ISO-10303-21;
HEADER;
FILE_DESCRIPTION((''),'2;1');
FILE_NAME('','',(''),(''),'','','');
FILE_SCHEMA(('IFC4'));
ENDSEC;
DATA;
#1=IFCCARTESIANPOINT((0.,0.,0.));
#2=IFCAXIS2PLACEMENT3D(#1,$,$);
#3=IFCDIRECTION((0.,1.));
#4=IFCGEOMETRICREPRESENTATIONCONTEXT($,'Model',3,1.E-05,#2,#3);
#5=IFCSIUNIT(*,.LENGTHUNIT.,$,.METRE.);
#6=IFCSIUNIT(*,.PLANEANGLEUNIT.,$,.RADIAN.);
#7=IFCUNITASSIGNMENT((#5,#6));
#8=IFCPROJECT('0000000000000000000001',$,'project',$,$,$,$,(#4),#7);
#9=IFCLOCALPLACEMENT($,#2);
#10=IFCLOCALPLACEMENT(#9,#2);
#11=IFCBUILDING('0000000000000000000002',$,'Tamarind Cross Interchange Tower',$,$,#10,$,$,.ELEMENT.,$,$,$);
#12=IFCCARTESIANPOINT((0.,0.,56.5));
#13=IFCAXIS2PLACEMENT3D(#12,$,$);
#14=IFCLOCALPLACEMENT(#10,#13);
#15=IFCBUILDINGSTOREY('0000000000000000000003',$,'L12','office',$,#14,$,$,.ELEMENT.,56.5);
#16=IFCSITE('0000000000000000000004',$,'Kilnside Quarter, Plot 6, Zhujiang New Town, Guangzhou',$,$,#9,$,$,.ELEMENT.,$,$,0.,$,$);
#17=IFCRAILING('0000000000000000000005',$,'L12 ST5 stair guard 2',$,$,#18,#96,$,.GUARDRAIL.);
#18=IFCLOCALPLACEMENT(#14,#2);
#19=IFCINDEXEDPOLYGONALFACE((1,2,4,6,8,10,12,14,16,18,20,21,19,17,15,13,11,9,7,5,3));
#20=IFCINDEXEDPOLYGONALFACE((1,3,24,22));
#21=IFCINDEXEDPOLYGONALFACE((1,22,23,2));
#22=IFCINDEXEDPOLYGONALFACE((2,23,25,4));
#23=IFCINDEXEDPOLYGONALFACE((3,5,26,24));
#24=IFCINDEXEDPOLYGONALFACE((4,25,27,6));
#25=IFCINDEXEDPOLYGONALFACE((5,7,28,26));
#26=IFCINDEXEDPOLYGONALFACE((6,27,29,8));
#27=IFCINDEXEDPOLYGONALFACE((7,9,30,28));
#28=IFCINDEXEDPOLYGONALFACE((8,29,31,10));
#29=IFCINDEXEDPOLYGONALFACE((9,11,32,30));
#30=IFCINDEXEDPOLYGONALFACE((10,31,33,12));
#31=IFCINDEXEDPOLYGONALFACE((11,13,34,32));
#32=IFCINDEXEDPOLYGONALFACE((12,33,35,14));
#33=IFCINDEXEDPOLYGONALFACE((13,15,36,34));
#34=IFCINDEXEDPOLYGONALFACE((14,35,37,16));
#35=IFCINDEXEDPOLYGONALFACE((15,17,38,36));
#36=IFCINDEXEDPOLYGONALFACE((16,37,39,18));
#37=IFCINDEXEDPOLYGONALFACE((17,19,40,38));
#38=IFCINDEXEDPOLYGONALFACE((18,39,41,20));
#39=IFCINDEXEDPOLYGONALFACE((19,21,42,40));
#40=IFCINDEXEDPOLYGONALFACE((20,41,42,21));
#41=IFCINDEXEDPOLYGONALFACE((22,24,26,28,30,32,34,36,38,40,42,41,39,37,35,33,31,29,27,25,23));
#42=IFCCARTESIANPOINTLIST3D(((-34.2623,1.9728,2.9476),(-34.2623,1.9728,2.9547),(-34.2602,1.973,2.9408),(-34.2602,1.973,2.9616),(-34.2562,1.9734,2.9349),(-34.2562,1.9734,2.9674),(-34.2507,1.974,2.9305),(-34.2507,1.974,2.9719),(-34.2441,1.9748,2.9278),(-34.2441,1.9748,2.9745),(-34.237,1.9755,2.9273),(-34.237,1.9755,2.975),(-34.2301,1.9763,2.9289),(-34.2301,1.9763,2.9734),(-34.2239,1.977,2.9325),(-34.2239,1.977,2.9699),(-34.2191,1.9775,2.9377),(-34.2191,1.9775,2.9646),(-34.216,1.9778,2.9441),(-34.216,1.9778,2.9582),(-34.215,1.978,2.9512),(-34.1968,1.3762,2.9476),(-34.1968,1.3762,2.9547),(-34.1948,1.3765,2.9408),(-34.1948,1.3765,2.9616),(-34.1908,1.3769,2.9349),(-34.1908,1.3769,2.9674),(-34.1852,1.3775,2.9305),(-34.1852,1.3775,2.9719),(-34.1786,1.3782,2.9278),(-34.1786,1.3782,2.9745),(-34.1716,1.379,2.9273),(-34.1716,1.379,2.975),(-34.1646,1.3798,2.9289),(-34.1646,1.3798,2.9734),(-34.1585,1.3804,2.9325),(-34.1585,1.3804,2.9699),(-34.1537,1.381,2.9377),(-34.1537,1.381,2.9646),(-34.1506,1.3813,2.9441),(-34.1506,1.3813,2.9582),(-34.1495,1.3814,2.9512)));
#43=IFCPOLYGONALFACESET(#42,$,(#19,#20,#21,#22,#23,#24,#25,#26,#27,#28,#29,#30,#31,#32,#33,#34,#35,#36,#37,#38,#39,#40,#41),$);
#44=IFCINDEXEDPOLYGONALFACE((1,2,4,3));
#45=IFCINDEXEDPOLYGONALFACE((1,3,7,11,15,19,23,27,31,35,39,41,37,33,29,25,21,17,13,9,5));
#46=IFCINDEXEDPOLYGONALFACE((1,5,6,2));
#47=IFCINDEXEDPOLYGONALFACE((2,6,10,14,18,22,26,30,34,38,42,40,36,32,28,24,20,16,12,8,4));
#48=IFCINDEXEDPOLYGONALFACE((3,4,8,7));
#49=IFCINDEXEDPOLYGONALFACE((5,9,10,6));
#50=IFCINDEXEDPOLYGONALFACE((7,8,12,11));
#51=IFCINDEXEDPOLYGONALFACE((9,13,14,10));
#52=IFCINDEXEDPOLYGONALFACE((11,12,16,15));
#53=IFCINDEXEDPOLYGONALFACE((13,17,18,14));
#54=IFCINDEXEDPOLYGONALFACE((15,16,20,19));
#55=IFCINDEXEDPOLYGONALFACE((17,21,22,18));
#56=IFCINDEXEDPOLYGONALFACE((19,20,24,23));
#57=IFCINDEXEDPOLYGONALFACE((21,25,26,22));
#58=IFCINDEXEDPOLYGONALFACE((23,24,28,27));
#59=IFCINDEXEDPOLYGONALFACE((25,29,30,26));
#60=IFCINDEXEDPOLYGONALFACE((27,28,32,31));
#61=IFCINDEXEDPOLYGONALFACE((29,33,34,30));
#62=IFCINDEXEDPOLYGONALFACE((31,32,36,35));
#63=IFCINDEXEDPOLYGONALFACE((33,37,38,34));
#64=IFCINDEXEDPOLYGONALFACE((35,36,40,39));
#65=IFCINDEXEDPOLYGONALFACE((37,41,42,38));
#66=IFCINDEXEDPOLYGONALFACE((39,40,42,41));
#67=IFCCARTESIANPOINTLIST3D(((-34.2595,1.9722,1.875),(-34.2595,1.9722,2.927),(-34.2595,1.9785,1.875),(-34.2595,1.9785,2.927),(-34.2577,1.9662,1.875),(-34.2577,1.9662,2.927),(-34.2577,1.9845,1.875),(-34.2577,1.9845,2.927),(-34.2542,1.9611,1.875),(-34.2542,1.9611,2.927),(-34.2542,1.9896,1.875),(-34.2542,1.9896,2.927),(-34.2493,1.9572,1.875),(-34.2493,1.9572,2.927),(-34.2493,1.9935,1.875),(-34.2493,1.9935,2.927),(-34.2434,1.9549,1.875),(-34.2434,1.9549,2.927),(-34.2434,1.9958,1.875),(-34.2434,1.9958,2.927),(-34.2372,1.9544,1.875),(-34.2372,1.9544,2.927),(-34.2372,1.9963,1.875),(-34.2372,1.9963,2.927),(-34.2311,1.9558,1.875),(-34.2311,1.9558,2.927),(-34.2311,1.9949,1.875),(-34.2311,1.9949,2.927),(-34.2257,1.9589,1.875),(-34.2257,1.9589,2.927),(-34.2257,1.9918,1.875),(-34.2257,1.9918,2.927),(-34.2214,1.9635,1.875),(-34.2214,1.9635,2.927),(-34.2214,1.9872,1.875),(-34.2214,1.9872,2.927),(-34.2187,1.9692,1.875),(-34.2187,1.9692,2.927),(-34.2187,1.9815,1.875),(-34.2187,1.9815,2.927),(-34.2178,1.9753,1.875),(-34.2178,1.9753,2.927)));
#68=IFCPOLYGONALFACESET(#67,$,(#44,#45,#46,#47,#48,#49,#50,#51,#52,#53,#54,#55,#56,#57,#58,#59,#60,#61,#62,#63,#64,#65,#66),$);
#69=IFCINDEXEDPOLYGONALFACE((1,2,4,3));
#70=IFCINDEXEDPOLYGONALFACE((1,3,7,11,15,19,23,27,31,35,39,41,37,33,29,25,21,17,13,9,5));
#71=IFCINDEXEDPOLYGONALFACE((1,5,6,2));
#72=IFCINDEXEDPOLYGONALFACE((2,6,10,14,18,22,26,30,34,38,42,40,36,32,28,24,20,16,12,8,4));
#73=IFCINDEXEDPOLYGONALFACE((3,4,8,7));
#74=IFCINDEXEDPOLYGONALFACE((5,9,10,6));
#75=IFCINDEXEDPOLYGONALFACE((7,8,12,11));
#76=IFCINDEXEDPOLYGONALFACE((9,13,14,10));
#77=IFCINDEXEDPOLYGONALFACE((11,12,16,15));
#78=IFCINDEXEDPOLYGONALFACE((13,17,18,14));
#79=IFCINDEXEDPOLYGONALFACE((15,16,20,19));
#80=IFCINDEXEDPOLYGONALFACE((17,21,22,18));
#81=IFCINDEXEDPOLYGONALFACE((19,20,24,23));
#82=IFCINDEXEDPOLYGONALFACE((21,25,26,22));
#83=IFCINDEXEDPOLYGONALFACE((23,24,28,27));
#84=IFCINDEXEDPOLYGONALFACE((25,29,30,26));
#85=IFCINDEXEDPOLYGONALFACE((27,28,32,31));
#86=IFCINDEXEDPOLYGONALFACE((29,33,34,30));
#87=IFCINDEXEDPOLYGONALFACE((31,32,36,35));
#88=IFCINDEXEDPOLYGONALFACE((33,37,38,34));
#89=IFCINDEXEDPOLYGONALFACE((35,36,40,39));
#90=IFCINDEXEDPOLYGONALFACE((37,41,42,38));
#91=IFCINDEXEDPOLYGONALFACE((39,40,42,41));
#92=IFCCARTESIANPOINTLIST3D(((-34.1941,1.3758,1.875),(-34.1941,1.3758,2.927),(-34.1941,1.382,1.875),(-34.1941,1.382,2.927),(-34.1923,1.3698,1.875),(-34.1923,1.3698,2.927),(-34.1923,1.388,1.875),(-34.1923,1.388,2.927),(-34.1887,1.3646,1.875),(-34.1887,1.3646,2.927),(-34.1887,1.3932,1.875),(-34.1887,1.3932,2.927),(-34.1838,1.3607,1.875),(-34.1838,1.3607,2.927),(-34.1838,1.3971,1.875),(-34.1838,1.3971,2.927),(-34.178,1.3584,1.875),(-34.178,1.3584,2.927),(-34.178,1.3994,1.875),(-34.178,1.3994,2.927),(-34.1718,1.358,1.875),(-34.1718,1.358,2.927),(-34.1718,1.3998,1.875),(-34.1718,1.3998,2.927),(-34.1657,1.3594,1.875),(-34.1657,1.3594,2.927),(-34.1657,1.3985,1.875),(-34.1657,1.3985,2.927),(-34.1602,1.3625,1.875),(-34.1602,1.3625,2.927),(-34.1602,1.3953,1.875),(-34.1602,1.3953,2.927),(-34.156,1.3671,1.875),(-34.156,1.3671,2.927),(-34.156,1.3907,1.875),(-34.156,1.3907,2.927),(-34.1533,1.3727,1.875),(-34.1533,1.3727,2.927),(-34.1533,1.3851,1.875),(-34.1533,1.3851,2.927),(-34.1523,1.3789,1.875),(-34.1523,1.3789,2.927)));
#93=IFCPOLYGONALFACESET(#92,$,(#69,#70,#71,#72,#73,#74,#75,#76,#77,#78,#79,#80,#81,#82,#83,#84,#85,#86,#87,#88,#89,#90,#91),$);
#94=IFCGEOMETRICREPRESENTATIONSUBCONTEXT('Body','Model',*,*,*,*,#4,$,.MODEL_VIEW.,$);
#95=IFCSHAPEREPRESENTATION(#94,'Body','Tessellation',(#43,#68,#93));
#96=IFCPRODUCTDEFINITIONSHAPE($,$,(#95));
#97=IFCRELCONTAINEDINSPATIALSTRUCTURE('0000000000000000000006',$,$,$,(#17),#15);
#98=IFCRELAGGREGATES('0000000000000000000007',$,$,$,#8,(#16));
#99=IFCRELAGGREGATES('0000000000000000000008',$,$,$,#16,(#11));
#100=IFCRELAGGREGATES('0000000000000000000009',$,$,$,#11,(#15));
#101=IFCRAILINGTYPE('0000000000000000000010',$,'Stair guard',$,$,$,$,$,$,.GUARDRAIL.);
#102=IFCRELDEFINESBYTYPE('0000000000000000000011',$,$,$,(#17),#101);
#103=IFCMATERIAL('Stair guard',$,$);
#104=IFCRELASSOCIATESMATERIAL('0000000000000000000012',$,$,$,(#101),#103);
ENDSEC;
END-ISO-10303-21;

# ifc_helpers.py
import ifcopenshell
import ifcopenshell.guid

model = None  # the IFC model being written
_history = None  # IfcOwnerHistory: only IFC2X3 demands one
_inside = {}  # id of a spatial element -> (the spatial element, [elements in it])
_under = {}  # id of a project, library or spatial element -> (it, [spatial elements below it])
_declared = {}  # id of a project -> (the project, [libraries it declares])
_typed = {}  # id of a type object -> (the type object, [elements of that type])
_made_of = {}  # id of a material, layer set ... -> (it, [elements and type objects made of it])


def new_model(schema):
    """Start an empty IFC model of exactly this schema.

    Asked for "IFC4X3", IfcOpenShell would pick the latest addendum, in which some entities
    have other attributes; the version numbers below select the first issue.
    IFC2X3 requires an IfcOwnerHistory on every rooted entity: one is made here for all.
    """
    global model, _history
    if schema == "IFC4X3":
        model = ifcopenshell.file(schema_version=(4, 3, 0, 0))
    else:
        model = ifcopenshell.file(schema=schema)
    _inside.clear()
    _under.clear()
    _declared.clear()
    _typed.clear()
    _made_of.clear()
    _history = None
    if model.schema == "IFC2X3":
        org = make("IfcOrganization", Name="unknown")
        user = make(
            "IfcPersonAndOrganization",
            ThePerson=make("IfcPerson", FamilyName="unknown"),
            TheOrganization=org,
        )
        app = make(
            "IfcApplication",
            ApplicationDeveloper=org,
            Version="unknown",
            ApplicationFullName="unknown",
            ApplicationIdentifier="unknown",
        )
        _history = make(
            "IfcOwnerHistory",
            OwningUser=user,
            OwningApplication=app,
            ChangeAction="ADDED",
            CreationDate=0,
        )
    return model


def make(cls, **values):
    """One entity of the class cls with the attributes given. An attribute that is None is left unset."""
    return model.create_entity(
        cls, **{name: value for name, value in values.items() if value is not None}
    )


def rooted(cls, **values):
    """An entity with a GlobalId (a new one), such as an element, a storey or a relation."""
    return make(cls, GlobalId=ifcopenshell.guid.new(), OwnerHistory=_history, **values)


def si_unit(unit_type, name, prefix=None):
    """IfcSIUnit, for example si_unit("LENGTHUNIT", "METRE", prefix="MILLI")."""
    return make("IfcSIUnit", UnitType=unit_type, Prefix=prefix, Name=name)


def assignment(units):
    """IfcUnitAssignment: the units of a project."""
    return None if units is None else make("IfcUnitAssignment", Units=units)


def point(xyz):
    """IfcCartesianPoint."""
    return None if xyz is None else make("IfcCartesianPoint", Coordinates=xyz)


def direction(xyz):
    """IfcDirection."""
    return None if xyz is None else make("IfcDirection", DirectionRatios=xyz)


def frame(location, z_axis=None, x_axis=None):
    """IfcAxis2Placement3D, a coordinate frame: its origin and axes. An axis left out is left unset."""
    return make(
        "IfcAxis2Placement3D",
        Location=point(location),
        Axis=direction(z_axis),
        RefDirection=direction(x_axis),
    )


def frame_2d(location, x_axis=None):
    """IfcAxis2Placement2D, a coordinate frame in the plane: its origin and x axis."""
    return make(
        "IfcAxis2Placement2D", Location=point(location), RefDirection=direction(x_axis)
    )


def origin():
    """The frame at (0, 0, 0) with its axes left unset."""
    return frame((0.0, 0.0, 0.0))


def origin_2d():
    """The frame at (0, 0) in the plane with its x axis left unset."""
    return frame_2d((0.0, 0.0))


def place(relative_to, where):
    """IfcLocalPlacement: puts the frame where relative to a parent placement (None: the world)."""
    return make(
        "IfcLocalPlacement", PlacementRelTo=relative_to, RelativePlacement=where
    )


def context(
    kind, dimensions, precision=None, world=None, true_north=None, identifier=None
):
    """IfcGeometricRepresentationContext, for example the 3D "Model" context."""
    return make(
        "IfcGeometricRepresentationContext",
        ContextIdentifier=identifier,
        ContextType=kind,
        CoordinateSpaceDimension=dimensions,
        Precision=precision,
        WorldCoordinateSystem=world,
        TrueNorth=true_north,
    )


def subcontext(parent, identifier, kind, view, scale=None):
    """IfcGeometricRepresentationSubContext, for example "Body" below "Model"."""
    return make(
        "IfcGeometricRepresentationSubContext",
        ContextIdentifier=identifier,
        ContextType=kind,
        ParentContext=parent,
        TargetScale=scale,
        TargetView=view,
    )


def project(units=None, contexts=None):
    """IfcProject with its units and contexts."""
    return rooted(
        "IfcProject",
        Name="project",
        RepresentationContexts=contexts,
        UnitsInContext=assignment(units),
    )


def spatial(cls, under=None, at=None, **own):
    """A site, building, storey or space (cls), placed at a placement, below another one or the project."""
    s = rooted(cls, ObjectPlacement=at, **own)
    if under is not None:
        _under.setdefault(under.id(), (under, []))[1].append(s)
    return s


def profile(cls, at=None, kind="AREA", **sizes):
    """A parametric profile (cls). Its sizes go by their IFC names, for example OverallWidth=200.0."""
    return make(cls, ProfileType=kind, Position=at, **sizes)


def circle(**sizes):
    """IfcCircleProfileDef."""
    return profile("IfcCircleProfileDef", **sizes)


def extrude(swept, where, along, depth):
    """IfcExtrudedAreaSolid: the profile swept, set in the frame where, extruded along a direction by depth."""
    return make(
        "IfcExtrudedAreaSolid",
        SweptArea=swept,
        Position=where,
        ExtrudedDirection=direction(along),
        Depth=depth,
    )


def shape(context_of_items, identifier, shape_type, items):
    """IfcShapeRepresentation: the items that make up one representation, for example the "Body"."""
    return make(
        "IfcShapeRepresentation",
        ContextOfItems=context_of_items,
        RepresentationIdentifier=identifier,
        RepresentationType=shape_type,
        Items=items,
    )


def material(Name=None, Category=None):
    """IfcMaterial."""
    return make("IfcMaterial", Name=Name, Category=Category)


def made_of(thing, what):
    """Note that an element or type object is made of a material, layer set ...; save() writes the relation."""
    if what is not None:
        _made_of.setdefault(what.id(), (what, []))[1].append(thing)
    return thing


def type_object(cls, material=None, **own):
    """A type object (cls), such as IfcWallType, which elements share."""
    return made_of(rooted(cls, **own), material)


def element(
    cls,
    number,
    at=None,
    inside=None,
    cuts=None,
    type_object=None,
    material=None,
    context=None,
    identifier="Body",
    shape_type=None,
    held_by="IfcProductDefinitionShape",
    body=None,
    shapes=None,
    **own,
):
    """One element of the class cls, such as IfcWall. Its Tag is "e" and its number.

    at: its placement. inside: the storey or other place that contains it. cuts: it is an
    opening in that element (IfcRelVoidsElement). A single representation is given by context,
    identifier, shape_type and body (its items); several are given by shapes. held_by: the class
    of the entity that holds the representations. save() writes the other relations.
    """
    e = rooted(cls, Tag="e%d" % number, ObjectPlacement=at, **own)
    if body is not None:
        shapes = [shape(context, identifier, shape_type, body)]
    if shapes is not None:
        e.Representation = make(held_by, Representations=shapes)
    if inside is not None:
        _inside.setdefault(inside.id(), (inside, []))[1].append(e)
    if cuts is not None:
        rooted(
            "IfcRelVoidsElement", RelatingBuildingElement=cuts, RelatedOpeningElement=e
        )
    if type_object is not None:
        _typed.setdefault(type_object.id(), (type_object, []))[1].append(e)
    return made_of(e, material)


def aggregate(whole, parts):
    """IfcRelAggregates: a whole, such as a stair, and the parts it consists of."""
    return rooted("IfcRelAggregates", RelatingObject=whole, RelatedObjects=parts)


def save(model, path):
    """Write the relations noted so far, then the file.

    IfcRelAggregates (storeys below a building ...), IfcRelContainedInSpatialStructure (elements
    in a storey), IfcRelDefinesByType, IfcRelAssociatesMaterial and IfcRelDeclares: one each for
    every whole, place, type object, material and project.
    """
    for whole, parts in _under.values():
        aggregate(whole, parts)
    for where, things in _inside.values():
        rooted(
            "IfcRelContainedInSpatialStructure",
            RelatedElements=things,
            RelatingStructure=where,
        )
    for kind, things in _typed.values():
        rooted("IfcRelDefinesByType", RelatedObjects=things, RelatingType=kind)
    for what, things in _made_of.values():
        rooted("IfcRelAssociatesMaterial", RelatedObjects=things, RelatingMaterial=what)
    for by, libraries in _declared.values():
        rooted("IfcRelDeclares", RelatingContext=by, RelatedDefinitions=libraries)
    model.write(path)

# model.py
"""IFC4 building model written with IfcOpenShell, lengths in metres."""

from ifc_helpers import new_model, si_unit, direction, frame, origin, origin_2d, place, context, subcontext, project, spatial, circle, extrude, material, type_object, element, save


model = new_model("IFC4")

# Units and contexts
model_context = context("Model", 3, precision=1e-05, world=origin(), true_north=direction((0.0, 1.0)))
body_context = subcontext(model_context, "Body", "Model", "MODEL_VIEW")
ifc_project = project(units=[si_unit("LENGTHUNIT", "METRE"), si_unit("PLANEANGLEUNIT", "RADIAN")], contexts=[model_context])

# Site, building, storey
site_placement = place(None, origin())
site = spatial("IfcSite", under=ifc_project, at=site_placement, Name="Kilnside Quarter, Plot 6, Zhujiang New Town, Guangzhou", CompositionType="ELEMENT", RefElevation=0.0)
building_placement = place(site_placement, origin())
building = spatial("IfcBuilding", under=site, at=building_placement, Name="Tamarind Cross Interchange Tower", CompositionType="ELEMENT")
storey_placement = place(building_placement, frame((0.0, 0.0, 56.5)))
storey = spatial("IfcBuildingStorey", under=building, at=storey_placement, Name="L12", Description="office", CompositionType="ELEMENT", Elevation=56.5)

# Railing
ifc_material_1 = material(Name="Stair guard")
railing_type_1 = type_object("IfcRailingType", Name="Stair guard", PredefinedType="GUARDRAIL", material=ifc_material_1)
railing_1_placement = place(storey_placement, frame((-34.2388, 1.9753, 1.875)))
element("IfcRailing", 1, at=railing_1_placement, inside=storey, type_object=railing_type_1, Name="L12 ST5 stair guard 2", PredefinedType="GUARDRAIL", context=body_context, shape_type="SweptSolid", body=[
    extrude(circle(Radius=0.0239, at=origin_2d()), frame((0.0, 0.0, 1.0762), z_axis=(0.109047, -0.994037, 0.0), x_axis=(0.994037, 0.109047, 0.0)), (0.0, 0.0, 1.0), 0.6001),
    extrude(circle(Radius=0.021, at=origin_2d()), origin(), (0.0, 0.0, 1.0), 1.052),
    extrude(circle(Radius=0.021, at=origin_2d()), frame((0.0654, -0.5964, 0.0)), (0.0, 0.0, 1.0), 1.052),
])

save(model, "model.ifc")
